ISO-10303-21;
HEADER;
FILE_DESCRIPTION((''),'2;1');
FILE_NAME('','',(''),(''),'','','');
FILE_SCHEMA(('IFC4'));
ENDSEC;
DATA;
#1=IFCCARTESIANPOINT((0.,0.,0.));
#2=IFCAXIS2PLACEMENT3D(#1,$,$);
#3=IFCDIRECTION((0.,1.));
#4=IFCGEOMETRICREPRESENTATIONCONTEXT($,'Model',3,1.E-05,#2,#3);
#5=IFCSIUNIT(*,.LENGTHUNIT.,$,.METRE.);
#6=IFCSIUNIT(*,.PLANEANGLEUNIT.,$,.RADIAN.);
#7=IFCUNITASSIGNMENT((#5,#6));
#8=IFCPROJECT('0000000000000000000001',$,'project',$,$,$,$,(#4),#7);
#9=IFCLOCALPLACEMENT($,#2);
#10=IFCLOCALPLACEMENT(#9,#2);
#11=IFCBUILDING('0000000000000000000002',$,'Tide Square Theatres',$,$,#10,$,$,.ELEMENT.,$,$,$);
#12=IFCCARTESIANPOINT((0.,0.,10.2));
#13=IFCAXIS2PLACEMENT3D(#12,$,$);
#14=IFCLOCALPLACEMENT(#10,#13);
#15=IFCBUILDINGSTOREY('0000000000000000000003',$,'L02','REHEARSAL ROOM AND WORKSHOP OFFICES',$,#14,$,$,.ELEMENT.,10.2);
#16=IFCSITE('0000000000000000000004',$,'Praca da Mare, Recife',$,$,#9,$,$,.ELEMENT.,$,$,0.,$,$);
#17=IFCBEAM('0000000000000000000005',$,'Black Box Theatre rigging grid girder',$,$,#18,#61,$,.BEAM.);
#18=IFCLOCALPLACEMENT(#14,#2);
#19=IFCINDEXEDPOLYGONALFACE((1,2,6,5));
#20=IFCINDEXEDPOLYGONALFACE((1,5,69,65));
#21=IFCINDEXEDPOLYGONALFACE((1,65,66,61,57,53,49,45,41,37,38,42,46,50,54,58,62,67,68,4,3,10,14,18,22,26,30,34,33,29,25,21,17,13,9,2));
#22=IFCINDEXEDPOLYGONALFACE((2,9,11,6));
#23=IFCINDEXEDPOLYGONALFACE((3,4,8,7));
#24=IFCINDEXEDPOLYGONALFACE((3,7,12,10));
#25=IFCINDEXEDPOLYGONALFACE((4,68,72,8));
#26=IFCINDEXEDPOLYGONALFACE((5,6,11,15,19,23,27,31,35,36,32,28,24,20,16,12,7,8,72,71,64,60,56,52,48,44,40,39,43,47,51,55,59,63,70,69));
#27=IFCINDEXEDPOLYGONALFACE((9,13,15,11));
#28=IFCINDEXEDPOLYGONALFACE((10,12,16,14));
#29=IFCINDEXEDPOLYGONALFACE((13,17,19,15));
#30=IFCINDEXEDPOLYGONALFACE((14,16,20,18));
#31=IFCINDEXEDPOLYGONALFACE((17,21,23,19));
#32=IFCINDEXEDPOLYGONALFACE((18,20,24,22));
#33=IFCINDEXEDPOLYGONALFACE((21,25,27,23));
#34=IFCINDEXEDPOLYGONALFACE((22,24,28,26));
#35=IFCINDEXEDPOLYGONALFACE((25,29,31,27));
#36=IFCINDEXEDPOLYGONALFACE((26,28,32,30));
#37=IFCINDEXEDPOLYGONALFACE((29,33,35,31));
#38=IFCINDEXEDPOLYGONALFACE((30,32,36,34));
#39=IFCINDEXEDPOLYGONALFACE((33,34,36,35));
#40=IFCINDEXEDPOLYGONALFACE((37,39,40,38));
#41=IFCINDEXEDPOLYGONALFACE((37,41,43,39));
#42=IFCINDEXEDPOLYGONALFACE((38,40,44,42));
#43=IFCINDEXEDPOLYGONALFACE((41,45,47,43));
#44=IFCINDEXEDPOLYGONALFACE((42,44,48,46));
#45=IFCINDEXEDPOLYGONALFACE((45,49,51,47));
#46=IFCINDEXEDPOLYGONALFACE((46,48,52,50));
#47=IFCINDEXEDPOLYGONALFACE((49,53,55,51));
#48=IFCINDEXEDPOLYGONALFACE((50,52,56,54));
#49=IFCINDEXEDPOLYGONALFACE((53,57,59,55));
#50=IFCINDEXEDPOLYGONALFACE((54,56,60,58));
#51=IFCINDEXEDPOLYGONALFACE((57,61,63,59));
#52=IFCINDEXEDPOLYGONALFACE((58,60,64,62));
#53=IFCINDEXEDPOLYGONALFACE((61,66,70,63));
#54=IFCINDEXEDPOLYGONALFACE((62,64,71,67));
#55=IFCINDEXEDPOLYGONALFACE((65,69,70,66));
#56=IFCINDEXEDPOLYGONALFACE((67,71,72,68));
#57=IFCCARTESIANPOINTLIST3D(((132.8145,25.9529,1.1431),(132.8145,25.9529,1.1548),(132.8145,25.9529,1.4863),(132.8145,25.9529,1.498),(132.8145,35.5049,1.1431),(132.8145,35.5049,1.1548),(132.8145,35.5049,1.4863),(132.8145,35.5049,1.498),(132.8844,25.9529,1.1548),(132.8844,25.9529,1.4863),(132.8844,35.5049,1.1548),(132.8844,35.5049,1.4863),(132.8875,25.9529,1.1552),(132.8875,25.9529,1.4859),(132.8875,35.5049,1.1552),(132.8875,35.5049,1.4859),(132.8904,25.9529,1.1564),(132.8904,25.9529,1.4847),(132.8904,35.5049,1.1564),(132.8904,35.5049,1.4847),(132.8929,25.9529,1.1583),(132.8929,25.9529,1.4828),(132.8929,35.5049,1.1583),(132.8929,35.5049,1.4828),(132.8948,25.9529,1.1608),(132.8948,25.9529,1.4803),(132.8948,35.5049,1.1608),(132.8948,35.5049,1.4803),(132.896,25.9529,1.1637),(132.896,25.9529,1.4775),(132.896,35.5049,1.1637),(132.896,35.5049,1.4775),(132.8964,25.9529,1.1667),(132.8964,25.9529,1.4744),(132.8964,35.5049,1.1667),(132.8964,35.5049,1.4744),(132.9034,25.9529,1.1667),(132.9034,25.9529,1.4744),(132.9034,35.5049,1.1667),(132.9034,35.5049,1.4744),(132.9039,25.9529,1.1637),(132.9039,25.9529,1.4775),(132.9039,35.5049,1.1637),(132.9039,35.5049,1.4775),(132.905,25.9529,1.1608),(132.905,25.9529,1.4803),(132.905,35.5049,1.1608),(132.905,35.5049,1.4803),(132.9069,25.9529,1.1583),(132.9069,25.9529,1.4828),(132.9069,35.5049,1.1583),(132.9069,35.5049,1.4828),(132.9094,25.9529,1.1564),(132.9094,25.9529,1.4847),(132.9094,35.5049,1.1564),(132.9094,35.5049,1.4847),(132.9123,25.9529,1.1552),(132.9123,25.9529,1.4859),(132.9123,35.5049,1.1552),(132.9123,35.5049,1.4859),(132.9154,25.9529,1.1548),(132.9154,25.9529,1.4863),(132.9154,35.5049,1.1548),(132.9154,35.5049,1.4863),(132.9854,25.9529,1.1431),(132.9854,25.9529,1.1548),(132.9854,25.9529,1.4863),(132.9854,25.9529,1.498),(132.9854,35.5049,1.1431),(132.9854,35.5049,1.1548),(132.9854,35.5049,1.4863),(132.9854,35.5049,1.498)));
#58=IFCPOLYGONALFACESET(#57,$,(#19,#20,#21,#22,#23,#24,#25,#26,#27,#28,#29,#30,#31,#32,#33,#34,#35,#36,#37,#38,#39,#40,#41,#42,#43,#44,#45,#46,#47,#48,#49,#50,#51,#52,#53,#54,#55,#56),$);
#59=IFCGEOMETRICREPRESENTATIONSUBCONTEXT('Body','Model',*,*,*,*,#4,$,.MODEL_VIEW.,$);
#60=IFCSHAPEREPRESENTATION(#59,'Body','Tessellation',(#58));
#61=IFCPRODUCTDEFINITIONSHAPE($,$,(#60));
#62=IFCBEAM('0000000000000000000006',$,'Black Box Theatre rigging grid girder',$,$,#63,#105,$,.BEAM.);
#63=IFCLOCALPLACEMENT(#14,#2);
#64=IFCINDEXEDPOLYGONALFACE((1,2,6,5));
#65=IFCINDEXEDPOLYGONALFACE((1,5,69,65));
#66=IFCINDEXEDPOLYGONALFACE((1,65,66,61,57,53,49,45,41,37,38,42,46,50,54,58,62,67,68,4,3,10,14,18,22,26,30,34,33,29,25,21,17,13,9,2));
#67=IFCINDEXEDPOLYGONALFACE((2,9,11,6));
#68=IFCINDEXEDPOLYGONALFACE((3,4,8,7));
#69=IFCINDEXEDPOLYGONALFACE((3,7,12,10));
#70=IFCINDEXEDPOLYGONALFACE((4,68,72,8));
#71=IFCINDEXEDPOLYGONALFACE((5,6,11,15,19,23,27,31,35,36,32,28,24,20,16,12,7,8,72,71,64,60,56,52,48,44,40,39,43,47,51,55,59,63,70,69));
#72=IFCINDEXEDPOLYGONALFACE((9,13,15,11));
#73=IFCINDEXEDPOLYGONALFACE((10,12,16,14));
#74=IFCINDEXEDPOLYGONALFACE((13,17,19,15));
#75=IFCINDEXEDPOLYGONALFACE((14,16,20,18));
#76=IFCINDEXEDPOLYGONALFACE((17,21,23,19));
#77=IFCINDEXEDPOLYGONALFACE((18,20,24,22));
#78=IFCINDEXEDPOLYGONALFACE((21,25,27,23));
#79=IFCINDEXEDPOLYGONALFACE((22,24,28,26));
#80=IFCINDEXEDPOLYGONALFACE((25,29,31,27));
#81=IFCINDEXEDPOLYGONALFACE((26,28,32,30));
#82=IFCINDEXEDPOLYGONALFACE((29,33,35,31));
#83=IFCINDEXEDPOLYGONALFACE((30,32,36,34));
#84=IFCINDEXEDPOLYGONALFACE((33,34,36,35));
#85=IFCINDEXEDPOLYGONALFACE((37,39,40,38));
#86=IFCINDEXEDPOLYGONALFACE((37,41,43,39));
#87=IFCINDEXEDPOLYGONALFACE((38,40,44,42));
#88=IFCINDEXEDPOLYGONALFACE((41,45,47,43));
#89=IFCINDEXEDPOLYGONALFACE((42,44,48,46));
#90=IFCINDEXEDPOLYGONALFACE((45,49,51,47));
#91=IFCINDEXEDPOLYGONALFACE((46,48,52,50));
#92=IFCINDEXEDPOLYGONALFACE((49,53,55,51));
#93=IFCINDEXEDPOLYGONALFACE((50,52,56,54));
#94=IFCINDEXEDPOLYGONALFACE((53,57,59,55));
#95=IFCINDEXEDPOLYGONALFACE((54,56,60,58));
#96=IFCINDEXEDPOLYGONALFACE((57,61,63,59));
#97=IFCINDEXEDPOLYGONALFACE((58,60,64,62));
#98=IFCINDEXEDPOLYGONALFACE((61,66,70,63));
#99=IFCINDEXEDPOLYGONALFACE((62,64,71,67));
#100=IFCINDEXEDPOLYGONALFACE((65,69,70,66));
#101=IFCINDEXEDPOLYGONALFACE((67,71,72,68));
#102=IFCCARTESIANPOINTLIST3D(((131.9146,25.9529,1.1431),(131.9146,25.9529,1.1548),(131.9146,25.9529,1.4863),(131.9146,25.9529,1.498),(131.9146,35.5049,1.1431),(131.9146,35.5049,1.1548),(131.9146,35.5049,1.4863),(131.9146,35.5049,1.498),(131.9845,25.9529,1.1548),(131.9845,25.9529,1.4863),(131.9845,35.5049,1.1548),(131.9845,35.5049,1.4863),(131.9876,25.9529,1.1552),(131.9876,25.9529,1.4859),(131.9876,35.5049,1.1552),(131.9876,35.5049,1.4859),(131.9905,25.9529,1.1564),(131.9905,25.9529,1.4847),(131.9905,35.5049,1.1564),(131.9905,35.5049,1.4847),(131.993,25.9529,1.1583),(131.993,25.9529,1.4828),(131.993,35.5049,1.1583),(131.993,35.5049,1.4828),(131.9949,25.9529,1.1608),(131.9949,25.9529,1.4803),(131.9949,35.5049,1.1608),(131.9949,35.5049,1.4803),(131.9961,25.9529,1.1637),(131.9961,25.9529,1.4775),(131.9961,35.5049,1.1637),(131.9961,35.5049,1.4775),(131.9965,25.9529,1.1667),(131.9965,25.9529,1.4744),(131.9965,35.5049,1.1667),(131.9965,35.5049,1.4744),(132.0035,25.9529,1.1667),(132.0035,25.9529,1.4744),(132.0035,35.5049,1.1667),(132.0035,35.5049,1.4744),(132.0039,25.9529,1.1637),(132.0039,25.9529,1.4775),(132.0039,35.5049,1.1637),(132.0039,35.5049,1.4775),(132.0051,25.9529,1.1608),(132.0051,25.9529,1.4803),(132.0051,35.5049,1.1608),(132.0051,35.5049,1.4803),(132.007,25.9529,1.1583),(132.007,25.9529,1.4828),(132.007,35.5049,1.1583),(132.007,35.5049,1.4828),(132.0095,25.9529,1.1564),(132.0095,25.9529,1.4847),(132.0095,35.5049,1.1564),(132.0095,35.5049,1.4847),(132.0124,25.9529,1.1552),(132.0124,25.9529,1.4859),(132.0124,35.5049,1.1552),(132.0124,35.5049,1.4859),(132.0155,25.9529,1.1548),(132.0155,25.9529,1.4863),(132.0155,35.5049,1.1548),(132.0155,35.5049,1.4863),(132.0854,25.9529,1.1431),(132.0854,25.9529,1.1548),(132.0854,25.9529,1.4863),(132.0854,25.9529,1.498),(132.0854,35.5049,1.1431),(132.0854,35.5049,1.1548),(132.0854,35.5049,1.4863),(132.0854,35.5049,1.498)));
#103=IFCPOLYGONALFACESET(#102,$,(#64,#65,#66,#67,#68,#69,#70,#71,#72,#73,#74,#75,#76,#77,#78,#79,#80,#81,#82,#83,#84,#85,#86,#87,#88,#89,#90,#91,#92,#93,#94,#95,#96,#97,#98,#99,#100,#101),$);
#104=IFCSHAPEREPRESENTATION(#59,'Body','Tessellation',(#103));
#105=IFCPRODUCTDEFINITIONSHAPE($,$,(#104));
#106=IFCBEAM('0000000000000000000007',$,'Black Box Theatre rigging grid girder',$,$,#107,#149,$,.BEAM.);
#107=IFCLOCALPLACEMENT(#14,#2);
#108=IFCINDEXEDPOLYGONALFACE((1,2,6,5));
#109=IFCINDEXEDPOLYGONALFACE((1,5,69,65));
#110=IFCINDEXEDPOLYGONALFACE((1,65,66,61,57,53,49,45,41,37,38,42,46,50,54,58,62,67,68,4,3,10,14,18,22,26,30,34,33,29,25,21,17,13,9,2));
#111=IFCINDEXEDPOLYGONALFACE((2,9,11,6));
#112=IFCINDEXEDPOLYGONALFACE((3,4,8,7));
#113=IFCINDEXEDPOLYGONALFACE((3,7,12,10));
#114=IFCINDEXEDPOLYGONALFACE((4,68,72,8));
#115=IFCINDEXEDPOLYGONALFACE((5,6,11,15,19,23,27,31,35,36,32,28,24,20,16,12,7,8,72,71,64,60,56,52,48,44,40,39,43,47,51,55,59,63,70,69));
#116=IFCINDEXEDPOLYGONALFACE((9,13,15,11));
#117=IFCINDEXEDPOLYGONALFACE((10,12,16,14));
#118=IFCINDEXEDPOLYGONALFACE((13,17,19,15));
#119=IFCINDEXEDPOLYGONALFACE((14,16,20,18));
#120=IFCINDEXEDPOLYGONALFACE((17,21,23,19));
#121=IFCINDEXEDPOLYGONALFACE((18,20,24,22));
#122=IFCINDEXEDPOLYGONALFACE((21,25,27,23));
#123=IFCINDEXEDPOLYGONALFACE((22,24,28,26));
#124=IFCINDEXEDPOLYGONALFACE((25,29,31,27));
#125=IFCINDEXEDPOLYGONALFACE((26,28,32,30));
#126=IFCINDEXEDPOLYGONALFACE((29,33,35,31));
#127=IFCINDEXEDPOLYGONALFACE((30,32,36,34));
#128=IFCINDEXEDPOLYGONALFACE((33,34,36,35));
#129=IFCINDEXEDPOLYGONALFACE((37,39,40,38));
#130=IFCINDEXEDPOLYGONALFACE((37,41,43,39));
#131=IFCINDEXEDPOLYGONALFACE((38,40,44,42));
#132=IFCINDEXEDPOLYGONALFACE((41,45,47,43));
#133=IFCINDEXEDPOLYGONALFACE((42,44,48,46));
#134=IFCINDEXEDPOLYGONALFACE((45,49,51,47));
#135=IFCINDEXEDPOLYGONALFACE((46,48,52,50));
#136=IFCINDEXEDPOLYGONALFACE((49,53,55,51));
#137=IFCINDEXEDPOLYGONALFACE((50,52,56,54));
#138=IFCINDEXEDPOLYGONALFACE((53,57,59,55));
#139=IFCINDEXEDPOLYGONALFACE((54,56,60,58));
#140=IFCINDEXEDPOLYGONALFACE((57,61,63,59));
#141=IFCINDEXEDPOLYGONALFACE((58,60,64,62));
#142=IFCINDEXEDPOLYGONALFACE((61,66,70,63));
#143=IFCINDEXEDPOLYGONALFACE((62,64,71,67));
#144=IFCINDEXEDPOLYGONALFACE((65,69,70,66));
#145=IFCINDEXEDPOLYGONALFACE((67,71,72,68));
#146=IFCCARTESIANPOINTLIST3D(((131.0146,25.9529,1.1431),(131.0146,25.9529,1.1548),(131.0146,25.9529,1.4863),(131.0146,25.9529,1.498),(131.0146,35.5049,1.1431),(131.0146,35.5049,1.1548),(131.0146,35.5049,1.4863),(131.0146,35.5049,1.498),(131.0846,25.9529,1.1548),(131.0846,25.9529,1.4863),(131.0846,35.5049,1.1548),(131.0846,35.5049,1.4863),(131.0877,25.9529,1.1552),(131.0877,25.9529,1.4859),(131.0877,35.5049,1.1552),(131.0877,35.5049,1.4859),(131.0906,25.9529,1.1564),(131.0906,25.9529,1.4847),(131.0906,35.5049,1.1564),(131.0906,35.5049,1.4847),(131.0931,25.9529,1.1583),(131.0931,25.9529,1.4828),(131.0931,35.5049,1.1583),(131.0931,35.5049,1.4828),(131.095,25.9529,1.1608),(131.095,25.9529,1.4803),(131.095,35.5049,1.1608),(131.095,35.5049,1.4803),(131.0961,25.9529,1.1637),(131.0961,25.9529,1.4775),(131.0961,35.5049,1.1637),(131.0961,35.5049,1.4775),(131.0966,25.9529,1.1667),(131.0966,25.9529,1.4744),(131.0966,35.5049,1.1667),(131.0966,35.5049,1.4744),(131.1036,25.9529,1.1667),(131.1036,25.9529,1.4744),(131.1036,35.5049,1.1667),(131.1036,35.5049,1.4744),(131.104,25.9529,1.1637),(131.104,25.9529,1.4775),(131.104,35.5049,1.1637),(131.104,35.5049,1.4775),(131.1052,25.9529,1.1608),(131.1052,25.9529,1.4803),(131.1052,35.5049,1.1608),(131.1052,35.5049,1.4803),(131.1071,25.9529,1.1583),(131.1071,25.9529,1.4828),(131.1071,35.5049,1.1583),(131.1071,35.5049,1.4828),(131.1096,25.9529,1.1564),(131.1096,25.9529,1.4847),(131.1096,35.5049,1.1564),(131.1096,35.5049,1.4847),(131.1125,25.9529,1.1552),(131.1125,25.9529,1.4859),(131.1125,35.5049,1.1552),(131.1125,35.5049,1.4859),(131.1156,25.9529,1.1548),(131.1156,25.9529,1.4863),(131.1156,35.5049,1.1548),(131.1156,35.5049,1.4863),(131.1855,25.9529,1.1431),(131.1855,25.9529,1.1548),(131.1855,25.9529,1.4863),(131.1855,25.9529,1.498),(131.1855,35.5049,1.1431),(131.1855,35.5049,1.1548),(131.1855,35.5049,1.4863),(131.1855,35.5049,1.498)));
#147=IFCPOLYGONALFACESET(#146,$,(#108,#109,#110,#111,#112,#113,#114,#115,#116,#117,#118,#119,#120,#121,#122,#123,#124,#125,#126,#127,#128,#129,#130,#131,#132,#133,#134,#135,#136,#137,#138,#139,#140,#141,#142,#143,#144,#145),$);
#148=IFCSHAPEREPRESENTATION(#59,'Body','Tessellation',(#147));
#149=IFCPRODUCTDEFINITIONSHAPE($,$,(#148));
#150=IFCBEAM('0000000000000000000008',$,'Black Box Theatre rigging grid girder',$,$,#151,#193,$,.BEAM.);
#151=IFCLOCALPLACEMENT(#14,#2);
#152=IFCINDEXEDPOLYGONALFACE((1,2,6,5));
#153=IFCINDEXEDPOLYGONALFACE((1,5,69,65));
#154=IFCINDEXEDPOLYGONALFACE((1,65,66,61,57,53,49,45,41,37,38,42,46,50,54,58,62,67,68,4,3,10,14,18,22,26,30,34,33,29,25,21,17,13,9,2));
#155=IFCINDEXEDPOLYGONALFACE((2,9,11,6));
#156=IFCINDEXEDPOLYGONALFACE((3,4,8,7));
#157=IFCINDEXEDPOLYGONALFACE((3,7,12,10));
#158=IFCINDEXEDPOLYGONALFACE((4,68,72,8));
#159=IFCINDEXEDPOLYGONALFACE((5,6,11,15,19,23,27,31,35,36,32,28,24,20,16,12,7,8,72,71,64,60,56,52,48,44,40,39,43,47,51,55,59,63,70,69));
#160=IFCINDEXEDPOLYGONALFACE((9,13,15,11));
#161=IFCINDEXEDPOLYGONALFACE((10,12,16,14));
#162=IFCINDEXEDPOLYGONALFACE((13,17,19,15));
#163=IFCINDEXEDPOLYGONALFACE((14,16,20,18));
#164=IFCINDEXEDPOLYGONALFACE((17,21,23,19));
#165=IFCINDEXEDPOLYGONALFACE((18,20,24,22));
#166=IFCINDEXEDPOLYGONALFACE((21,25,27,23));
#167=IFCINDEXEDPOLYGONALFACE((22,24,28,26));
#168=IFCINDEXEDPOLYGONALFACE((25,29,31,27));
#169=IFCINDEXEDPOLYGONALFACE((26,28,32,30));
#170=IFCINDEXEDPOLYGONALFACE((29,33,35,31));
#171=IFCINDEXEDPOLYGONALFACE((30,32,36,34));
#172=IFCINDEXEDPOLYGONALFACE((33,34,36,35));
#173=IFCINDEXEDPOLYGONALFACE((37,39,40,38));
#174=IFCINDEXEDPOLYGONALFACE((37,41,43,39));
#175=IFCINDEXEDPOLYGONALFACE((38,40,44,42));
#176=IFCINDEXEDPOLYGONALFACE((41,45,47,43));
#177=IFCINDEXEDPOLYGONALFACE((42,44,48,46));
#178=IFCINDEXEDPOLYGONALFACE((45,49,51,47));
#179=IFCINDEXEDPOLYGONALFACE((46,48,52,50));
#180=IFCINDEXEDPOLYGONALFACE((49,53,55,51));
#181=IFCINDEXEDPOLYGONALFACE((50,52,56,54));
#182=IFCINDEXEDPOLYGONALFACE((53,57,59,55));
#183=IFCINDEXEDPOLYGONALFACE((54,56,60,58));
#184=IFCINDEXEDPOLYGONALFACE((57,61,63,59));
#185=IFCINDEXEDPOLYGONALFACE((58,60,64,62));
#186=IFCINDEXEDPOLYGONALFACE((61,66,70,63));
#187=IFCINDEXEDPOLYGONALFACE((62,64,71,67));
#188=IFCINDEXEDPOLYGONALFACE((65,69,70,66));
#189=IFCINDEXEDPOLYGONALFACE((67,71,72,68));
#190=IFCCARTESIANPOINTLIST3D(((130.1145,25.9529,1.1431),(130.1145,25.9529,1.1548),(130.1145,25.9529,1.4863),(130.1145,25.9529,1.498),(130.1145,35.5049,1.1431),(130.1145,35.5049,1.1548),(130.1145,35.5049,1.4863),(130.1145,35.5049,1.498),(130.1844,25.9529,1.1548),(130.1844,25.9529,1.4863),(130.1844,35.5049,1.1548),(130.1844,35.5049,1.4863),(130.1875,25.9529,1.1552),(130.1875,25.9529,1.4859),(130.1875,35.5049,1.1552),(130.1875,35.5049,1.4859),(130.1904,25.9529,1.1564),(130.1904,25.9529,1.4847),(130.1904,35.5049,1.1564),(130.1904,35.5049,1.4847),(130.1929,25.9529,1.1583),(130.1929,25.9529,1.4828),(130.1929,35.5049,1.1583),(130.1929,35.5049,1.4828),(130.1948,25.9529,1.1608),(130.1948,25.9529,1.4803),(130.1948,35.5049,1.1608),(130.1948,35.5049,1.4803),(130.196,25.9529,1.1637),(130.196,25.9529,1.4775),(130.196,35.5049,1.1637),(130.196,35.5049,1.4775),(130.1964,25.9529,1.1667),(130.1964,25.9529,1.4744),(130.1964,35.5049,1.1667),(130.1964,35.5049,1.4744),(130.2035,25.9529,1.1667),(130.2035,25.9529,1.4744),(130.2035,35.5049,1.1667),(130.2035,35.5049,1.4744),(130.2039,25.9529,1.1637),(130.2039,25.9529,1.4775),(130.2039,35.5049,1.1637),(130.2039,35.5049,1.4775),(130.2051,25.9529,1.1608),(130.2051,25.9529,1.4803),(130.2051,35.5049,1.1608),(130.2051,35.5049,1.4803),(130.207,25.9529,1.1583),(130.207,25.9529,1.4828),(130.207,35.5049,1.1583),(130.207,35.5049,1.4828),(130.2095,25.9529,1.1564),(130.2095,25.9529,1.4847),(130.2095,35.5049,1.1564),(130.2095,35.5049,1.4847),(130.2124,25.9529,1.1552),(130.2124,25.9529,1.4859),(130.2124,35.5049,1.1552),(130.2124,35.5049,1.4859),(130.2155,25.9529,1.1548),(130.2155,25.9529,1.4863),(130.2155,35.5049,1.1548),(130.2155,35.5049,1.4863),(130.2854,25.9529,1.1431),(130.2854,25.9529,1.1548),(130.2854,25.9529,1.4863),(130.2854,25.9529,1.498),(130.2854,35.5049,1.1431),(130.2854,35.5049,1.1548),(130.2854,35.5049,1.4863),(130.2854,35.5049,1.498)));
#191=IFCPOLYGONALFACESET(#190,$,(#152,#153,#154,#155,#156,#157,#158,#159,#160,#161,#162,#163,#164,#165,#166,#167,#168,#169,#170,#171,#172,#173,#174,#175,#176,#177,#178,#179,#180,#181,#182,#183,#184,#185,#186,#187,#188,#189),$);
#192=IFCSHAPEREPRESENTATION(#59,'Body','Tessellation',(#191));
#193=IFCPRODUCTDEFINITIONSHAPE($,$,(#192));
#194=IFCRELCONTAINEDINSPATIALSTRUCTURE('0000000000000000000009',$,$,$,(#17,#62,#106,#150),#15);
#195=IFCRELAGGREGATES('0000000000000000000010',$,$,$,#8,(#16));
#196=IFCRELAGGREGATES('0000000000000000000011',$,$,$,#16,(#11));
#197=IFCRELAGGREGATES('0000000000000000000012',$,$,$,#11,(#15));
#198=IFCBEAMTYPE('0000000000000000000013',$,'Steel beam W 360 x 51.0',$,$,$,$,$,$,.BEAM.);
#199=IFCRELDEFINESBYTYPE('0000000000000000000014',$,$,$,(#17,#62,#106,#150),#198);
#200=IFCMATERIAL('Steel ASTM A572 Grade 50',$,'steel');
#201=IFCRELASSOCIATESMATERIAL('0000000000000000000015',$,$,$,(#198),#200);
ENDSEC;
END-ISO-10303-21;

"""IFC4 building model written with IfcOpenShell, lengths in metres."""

from ifc_helpers import new_model, si_unit, direction, frame, origin, origin_2d, place, context, subcontext, project, spatial, i_section, extrude, material, material_profile, profile_set, type_object, element, save


model = new_model("IFC4")

# Units and contexts
model_context = context("Model", 3, precision=1e-05, world=origin(), true_north=direction((0.0, 1.0)))
body_context = subcontext(model_context, "Body", "Model", "MODEL_VIEW")
ifc_project = project(units=[si_unit("LENGTHUNIT", "METRE"), si_unit("PLANEANGLEUNIT", "RADIAN")], contexts=[model_context])

# Site, building, storey
site_placement = place(None, origin())
site = spatial("IfcSite", under=ifc_project, at=site_placement, Name="Praca da Mare, Recife", CompositionType="ELEMENT", RefElevation=0.0)
building_placement = place(site_placement, origin())
building = spatial("IfcBuilding", under=site, at=building_placement, Name="Tide Square Theatres", CompositionType="ELEMENT")
storey_placement = place(building_placement, frame((0.0, 0.0, 10.2)))
storey = spatial("IfcBuildingStorey", under=building, at=storey_placement, Name="L02", Description="REHEARSAL ROOM AND WORKSHOP OFFICES", CompositionType="ELEMENT", Elevation=10.2)

# Beams
ifc_material_1 = material(Name="Steel ASTM A572 Grade 50", Category="steel")
ifc_material_profile_1 = material_profile(ifc_material_1, i_section(OverallWidth=0.1709, OverallDepth=0.355, WebThickness=0.0071, FlangeThickness=0.0117, FilletRadius=0.012, at=origin_2d()))
ifc_profile_set_1 = profile_set([ifc_material_profile_1], Name="Steel ASTM A572 Grade 50")
beam_type_1 = type_object("IfcBeamType", Name="Steel beam W 360 x 51.0", PredefinedType="BEAM", material=ifc_profile_set_1)
for number, where, z_axis, x_axis, name in (
    (1, (132.8999, 25.9529, 1.3206), (0.0, 1.0, 0.0), (-1.0, 0.0, 0.0), "Black Box Theatre rigging grid girder"),
    (2, (132.0, 25.9529, 1.3206), (0.0, 1.0, 0.0), (-1.0, 0.0, 0.0), "Black Box Theatre rigging grid girder"),
    (3, (131.1001, 25.9529, 1.3206), (0.0, 1.0, 0.0), (-1.0, 0.0, 0.0), "Black Box Theatre rigging grid girder"),
    (4, (130.2, 25.9529, 1.3206), (0.0, 1.0, 0.0), (-1.0, 0.0, 0.0), "Black Box Theatre rigging grid girder"),
):
    element("IfcBeam", number, at=place(storey_placement, frame(where, z_axis=z_axis, x_axis=x_axis)), inside=storey, type_object=beam_type_1, Name=name, PredefinedType="BEAM", context=body_context, shape_type="SweptSolid", body=[
        extrude(i_section(OverallWidth=0.1709, OverallDepth=0.355, WebThickness=0.0071, FlangeThickness=0.0117, FilletRadius=0.012, at=origin_2d()), origin(), (0.0, 0.0, 1.0), 9.552),
    ])

save(model, "model.ifc")
